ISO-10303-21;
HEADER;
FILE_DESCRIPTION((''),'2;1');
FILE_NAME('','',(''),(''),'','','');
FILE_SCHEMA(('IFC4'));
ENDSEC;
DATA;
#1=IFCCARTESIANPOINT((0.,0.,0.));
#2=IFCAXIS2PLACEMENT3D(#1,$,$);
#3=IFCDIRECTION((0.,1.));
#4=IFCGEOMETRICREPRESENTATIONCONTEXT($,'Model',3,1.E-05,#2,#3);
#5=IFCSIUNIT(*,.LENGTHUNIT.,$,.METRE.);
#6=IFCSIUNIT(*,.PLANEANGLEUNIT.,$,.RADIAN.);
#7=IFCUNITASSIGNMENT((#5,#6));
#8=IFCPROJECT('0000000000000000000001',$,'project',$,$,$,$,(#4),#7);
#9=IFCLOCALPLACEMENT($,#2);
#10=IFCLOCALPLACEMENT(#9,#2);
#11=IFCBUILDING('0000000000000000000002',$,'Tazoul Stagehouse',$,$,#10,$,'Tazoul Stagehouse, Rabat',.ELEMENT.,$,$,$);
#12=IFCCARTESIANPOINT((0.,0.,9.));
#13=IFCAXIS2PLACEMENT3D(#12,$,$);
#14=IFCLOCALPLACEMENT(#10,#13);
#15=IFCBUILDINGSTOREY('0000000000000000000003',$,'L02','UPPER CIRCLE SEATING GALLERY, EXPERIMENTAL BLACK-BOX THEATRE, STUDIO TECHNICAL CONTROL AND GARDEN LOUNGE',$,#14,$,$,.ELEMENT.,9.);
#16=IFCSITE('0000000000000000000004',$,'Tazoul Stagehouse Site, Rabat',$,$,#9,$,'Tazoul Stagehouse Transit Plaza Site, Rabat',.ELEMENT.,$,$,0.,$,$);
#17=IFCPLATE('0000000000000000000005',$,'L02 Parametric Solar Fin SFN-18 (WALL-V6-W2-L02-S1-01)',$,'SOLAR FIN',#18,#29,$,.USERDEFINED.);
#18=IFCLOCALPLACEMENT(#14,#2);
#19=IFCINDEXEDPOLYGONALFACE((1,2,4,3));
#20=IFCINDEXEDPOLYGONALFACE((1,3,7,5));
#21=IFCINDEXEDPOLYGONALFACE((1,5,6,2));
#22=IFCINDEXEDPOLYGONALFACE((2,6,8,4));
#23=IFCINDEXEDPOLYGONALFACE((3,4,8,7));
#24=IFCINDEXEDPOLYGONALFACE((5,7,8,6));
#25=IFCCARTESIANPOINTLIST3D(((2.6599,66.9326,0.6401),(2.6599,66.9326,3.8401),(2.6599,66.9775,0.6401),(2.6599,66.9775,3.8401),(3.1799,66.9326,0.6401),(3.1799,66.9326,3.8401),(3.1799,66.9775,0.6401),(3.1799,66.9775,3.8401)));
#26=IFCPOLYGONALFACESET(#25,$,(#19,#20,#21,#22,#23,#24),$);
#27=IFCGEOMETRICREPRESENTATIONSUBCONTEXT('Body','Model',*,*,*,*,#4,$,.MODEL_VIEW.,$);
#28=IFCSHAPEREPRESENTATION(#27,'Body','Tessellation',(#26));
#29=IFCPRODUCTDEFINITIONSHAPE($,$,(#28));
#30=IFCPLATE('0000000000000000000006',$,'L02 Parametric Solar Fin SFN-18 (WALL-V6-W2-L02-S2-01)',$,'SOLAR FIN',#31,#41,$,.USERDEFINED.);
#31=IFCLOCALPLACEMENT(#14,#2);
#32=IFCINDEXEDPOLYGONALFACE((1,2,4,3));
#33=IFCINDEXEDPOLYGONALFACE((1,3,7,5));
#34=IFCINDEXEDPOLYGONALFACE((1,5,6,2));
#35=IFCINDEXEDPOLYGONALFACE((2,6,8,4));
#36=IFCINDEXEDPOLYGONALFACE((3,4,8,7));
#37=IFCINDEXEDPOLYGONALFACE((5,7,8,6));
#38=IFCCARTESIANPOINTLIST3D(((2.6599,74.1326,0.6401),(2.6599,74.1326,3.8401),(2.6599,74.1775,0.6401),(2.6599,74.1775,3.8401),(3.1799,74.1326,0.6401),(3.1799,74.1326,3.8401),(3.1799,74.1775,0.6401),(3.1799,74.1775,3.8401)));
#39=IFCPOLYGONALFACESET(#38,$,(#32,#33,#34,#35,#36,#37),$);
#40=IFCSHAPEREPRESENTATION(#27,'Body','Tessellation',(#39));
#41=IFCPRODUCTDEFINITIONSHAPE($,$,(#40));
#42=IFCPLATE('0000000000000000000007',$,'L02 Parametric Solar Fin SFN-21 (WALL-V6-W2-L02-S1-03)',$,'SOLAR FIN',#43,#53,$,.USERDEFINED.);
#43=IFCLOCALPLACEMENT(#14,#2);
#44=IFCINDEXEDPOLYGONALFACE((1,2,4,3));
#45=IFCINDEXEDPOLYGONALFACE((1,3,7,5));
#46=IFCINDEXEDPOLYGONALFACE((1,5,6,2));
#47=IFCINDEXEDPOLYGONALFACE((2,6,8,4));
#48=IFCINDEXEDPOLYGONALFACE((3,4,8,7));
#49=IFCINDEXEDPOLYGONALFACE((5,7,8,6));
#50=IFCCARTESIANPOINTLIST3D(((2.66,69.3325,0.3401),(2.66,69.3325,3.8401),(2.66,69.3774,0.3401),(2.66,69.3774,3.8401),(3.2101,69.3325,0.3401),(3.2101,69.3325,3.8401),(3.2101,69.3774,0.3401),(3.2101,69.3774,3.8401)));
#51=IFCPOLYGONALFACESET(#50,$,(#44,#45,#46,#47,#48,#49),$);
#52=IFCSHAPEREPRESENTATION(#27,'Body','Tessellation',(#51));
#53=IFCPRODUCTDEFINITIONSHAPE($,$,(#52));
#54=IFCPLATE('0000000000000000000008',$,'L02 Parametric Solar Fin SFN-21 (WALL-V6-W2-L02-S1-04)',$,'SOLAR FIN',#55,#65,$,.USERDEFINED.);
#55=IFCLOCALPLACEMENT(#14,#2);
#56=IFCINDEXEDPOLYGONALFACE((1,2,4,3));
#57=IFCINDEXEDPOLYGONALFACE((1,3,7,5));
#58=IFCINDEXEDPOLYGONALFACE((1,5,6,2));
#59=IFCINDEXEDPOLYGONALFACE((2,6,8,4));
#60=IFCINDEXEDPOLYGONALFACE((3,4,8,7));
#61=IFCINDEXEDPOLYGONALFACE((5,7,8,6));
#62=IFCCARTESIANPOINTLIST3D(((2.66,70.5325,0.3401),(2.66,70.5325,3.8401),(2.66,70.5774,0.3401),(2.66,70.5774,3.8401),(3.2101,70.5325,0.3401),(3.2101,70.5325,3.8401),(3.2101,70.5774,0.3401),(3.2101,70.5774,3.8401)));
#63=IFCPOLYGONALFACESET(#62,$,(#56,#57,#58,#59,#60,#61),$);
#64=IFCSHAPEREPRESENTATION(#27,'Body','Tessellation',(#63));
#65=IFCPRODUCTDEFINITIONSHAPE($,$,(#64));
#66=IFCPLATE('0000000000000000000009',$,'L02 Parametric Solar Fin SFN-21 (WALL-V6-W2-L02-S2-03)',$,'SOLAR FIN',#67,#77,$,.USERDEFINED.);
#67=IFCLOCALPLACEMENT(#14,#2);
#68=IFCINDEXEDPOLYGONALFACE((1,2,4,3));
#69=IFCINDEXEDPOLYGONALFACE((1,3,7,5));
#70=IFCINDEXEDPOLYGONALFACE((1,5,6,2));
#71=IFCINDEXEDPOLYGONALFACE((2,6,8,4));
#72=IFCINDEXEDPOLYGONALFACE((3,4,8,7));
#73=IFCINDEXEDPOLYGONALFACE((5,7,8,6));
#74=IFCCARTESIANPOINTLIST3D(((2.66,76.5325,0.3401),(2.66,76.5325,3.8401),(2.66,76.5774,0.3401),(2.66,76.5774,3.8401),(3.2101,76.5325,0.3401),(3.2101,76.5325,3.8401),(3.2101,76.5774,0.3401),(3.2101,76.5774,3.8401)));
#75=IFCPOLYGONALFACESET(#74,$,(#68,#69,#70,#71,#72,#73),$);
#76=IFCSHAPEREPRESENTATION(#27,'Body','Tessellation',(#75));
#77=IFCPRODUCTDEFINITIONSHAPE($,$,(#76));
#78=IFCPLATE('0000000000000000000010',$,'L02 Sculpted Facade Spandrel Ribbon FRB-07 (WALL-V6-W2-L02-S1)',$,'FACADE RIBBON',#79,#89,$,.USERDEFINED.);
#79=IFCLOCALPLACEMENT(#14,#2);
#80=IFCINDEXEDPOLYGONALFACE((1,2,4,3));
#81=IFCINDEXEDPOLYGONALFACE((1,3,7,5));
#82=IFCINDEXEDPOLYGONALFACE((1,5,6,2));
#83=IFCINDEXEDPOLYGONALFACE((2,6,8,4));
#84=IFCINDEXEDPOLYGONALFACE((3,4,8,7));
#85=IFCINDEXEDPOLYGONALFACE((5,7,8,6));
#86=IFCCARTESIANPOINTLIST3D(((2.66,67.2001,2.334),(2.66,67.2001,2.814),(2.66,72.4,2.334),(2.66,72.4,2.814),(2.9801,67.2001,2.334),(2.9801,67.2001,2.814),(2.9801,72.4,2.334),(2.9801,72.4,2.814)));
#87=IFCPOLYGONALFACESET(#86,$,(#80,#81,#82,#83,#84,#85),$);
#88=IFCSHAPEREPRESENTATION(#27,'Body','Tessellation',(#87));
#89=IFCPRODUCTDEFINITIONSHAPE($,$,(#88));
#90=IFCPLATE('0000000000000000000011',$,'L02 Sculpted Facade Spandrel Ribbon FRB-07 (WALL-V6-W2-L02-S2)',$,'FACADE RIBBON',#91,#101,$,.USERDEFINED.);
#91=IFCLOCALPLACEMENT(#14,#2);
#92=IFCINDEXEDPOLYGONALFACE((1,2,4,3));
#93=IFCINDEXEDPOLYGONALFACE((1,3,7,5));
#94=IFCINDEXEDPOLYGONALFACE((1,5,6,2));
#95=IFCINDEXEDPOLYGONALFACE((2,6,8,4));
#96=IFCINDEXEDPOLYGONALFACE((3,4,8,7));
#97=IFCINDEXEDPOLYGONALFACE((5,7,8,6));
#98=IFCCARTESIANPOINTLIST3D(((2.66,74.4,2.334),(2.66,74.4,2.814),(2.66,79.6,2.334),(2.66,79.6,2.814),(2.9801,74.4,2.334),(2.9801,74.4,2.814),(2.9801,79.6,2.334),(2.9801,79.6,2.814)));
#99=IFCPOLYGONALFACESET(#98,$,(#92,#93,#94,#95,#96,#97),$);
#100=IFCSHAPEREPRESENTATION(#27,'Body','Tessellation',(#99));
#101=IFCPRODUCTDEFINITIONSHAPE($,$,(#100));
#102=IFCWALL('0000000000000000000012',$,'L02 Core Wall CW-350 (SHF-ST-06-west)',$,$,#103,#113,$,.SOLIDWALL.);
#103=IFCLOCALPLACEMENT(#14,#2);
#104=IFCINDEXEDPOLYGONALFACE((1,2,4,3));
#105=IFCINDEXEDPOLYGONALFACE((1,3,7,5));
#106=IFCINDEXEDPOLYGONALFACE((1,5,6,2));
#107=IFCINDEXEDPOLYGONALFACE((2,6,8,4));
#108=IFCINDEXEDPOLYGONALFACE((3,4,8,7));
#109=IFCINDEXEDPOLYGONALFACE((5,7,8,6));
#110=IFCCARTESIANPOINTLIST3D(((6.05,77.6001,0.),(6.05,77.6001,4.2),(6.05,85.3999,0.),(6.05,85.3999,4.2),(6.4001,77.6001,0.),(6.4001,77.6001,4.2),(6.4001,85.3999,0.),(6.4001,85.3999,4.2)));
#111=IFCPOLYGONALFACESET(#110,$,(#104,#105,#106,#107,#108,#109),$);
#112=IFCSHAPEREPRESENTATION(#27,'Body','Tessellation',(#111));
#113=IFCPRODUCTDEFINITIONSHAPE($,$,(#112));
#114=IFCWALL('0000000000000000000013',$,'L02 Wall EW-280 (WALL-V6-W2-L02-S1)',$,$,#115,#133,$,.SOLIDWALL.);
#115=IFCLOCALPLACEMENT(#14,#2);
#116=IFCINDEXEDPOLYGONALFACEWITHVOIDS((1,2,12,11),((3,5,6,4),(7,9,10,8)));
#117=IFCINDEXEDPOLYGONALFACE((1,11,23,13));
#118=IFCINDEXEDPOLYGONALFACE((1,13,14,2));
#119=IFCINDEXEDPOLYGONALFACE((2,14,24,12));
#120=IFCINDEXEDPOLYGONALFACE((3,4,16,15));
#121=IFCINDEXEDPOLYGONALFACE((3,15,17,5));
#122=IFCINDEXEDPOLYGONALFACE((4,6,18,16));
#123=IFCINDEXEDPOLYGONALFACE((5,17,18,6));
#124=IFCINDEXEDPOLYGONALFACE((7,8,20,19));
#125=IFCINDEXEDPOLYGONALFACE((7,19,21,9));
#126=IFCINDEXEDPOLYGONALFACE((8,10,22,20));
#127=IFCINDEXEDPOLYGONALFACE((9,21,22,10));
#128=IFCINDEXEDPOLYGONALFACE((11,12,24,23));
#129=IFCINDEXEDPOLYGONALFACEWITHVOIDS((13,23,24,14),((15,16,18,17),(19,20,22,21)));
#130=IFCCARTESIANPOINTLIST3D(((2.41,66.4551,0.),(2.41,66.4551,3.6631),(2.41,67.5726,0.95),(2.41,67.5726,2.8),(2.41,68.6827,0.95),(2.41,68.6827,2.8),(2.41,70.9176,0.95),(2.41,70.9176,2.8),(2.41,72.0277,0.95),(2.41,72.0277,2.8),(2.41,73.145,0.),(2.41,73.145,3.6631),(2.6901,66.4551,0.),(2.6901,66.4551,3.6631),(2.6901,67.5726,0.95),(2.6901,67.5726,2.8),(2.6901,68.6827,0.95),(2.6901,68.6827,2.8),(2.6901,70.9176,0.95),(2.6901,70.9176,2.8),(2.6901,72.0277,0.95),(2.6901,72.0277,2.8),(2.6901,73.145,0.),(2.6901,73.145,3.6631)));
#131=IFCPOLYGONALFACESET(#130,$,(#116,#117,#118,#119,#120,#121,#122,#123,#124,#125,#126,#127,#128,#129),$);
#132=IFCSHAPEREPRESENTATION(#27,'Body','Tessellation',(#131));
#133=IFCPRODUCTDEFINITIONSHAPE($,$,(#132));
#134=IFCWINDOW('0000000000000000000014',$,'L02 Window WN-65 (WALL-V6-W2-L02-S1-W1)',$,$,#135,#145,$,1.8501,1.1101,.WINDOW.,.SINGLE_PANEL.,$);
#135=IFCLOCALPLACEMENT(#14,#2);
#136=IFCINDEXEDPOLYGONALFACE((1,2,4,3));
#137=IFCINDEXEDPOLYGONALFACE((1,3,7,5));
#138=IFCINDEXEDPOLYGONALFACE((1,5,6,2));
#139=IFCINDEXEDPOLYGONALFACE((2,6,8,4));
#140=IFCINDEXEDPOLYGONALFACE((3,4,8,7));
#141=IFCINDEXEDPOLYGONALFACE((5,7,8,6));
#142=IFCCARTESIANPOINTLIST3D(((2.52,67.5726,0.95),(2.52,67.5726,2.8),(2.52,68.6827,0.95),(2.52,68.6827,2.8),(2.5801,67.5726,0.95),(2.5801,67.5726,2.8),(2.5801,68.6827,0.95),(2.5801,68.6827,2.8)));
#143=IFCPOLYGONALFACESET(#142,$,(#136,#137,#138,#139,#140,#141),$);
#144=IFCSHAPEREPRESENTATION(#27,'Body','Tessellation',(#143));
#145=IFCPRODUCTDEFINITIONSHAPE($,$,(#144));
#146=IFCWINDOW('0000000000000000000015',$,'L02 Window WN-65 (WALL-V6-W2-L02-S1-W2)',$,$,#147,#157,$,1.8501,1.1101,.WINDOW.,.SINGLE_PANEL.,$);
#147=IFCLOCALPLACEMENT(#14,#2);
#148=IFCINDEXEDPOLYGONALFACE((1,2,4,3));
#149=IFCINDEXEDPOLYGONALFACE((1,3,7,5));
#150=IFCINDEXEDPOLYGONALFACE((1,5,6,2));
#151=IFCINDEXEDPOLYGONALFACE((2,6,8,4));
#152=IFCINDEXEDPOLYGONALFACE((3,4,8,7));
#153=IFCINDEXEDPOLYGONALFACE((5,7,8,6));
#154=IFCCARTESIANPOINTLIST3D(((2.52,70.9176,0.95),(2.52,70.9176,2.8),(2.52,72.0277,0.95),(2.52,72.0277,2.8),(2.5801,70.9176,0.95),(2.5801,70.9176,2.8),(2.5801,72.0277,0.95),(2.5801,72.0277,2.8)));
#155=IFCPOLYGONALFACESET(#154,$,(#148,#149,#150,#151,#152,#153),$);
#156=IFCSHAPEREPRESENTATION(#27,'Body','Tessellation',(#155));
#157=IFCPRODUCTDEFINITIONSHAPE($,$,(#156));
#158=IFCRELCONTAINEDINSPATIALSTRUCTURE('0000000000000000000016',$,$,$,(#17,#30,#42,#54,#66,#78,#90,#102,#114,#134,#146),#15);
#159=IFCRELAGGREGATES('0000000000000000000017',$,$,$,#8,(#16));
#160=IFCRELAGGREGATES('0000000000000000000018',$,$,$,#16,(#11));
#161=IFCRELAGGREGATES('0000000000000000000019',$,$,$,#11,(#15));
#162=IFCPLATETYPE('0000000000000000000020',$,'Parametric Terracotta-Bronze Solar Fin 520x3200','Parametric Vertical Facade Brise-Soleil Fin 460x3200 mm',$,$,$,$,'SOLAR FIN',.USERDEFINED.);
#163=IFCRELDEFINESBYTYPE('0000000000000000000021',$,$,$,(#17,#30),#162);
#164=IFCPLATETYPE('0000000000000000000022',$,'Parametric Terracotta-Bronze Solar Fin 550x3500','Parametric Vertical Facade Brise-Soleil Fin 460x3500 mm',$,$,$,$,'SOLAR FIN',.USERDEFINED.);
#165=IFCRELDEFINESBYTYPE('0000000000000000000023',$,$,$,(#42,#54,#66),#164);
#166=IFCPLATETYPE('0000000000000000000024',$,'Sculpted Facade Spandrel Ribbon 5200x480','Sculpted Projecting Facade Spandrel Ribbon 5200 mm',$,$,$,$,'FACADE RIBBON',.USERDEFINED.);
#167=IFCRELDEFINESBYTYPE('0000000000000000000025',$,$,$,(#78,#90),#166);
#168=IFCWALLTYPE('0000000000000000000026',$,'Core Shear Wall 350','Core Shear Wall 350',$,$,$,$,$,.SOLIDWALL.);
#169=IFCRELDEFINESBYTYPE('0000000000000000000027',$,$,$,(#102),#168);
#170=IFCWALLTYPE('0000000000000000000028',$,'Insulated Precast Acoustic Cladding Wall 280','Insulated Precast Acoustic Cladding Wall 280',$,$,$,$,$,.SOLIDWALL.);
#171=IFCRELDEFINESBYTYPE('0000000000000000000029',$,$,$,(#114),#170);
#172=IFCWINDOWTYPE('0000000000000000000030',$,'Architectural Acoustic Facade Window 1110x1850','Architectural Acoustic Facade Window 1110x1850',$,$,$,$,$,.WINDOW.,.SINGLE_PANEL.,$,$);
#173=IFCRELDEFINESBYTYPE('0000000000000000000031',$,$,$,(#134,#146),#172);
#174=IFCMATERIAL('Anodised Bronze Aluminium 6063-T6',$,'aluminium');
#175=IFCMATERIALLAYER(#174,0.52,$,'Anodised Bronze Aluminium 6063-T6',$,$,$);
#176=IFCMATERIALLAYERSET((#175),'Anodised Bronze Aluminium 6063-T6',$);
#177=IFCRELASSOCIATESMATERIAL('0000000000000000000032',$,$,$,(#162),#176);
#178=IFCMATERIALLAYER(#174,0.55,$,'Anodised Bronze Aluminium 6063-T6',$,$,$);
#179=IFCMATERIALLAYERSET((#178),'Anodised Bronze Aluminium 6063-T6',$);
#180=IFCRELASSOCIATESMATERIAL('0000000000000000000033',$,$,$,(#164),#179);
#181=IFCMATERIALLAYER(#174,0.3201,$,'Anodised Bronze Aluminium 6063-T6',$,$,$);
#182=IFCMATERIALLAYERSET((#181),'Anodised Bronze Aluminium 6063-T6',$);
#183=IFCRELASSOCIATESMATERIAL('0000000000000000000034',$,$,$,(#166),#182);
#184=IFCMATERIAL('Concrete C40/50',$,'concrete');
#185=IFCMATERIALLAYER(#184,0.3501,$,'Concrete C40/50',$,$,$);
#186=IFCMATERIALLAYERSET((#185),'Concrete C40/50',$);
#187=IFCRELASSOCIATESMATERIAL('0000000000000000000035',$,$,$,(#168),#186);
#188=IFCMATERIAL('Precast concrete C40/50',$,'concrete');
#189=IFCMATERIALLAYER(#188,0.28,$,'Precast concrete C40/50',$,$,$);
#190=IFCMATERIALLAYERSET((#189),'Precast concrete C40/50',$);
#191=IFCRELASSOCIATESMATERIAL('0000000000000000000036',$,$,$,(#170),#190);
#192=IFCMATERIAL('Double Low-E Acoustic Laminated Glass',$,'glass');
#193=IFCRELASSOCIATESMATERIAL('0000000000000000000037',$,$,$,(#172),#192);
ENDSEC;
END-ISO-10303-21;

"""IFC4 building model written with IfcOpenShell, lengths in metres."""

from ifc_helpers import new_model, si_unit, direction, frame, frame_2d, origin, origin_2d, place, context, subcontext, project, spatial, rectangle, extrude, material, layer, layer_set, type_object, element, fill, save


model = new_model("IFC4")

# Units and contexts
model_context = context("Model", 3, precision=1e-05, world=origin(), true_north=direction((0.0, 1.0)))
body_context = subcontext(model_context, "Body", "Model", "MODEL_VIEW")
ifc_project = project(units=[si_unit("LENGTHUNIT", "METRE"), si_unit("PLANEANGLEUNIT", "RADIAN")], contexts=[model_context])

# Site, building, storey
site_placement = place(None, origin())
site = spatial("IfcSite", under=ifc_project, at=site_placement, Name="Tazoul Stagehouse Site, Rabat", LongName="Tazoul Stagehouse Transit Plaza Site, Rabat", CompositionType="ELEMENT", RefElevation=0.0)
building_placement = place(site_placement, origin())
building = spatial("IfcBuilding", under=site, at=building_placement, Name="Tazoul Stagehouse", LongName="Tazoul Stagehouse, Rabat", CompositionType="ELEMENT")
storey_placement = place(building_placement, frame((0.0, 0.0, 9.0)))
storey = spatial("IfcBuildingStorey", under=building, at=storey_placement, Name="L02", Description="UPPER CIRCLE SEATING GALLERY, EXPERIMENTAL BLACK-BOX THEATRE, STUDIO TECHNICAL CONTROL AND GARDEN LOUNGE", CompositionType="ELEMENT", Elevation=9.0)

# Shared definitions
ifc_material_1 = material(Name="Concrete C40/50", Category="concrete")

# Plates
ifc_material_2 = material(Name="Anodised Bronze Aluminium 6063-T6", Category="aluminium")
ifc_layer_1 = layer(ifc_material_2, 0.52, Name="Anodised Bronze Aluminium 6063-T6")
ifc_layer_set_1 = layer_set([ifc_layer_1], Name="Anodised Bronze Aluminium 6063-T6")
plate_type_1 = type_object("IfcPlateType", Name="Parametric Terracotta-Bronze Solar Fin 520x3200", Description="Parametric Vertical Facade Brise-Soleil Fin 460x3200 mm", ElementType="SOLAR FIN", PredefinedType="USERDEFINED", material=ifc_layer_set_1)
for number, where, z_axis, x_axis, name in (
    (1, (2.9199, 66.9551, 0.6401), (0.0, 0.0, 1.0), (0.0, 1.0, 0.0), "L02 Parametric Solar Fin SFN-18 (WALL-V6-W2-L02-S1-01)"),
    (2, (2.9199, 74.155, 0.6401), (0.0, 0.0, 1.0), (0.0, 1.0, 0.0), "L02 Parametric Solar Fin SFN-18 (WALL-V6-W2-L02-S2-01)"),
):
    element("IfcPlate", number, at=place(storey_placement, frame(where, z_axis=z_axis, x_axis=x_axis)), inside=storey, type_object=plate_type_1, Name=name, ObjectType="SOLAR FIN", PredefinedType="USERDEFINED", context=body_context, shape_type="SweptSolid", body=[
        extrude(rectangle(XDim=0.0449, YDim=0.52, at=origin_2d()), origin(), (0.0, 0.0, 1.0), 3.2),
    ])
ifc_layer_2 = layer(ifc_material_2, 0.55, Name="Anodised Bronze Aluminium 6063-T6")
ifc_layer_set_2 = layer_set([ifc_layer_2], Name="Anodised Bronze Aluminium 6063-T6")
plate_type_2 = type_object("IfcPlateType", Name="Parametric Terracotta-Bronze Solar Fin 550x3500", Description="Parametric Vertical Facade Brise-Soleil Fin 460x3500 mm", ElementType="SOLAR FIN", PredefinedType="USERDEFINED", material=ifc_layer_set_2)
for number, where, z_axis, x_axis, name in (
    (3, (2.9351, 69.355, 0.3401), (0.0, 0.0, 1.0), (0.0, 1.0, 0.0), "L02 Parametric Solar Fin SFN-21 (WALL-V6-W2-L02-S1-03)"),
    (4, (2.9351, 70.5549, 0.3401), (0.0, 0.0, 1.0), (0.0, 1.0, 0.0), "L02 Parametric Solar Fin SFN-21 (WALL-V6-W2-L02-S1-04)"),
    (5, (2.9351, 76.5549, 0.3401), (0.0, 0.0, 1.0), (0.0, 1.0, 0.0), "L02 Parametric Solar Fin SFN-21 (WALL-V6-W2-L02-S2-03)"),
):
    element("IfcPlate", number, at=place(storey_placement, frame(where, z_axis=z_axis, x_axis=x_axis)), inside=storey, type_object=plate_type_2, Name=name, ObjectType="SOLAR FIN", PredefinedType="USERDEFINED", context=body_context, shape_type="SweptSolid", body=[
        extrude(rectangle(XDim=0.0449, YDim=0.55, at=origin_2d()), origin(), (0.0, 0.0, 1.0), 3.5),
    ])
ifc_layer_3 = layer(ifc_material_2, 0.3201, Name="Anodised Bronze Aluminium 6063-T6")
ifc_layer_set_3 = layer_set([ifc_layer_3], Name="Anodised Bronze Aluminium 6063-T6")
plate_type_3 = type_object("IfcPlateType", Name="Sculpted Facade Spandrel Ribbon 5200x480", Description="Sculpted Projecting Facade Spandrel Ribbon 5200 mm", ElementType="FACADE RIBBON", PredefinedType="USERDEFINED", material=ifc_layer_set_3)
for number, where, z_axis, x_axis, name in (
    (6, (2.8201, 69.8, 2.334), (0.0, 0.0, 1.0), (0.0, 1.0, 0.0), "L02 Sculpted Facade Spandrel Ribbon FRB-07 (WALL-V6-W2-L02-S1)"),
    (7, (2.8201, 77.0, 2.334), (0.0, 0.0, 1.0), (0.0, 1.0, 0.0), "L02 Sculpted Facade Spandrel Ribbon FRB-07 (WALL-V6-W2-L02-S2)"),
):
    element("IfcPlate", number, at=place(storey_placement, frame(where, z_axis=z_axis, x_axis=x_axis)), inside=storey, type_object=plate_type_3, Name=name, ObjectType="FACADE RIBBON", PredefinedType="USERDEFINED", context=body_context, shape_type="SweptSolid", body=[
        extrude(rectangle(XDim=5.2, YDim=0.3201, at=origin_2d()), origin(), (0.0, 0.0, 1.0), 0.48),
    ])

# Shared definitions
ifc_layer_4 = layer(ifc_material_1, 0.3501, Name="Concrete C40/50")
ifc_layer_set_4 = layer_set([ifc_layer_4], Name="Concrete C40/50")
wall_type_1 = type_object("IfcWallType", Name="Core Shear Wall 350", Description="Core Shear Wall 350", PredefinedType="SOLIDWALL", material=ifc_layer_set_4)

# Wall
wall_1_placement = place(storey_placement, frame((6.2251, 77.6001, 0.0), z_axis=(0.0, 0.0, 1.0), x_axis=(0.0, 1.0, 0.0)))
element("IfcWall", 8, at=wall_1_placement, inside=storey, type_object=wall_type_1, Name="L02 Core Wall CW-350 (SHF-ST-06-west)", PredefinedType="SOLIDWALL", context=body_context, shape_type="SweptSolid", body=[
    extrude(rectangle(XDim=7.7998, YDim=0.3501, at=frame_2d((3.8999, 0.0))), origin(), (0.0, 0.0, 1.0), 4.2),
])

# Wall, openings, windows
ifc_material_3 = material(Name="Precast concrete C40/50", Category="concrete")
ifc_layer_5 = layer(ifc_material_3, 0.28, Name="Precast concrete C40/50")
ifc_layer_set_5 = layer_set([ifc_layer_5], Name="Precast concrete C40/50")
wall_type_2 = type_object("IfcWallType", Name="Insulated Precast Acoustic Cladding Wall 280", Description="Insulated Precast Acoustic Cladding Wall 280", PredefinedType="SOLIDWALL", material=ifc_layer_set_5)
wall_2_placement = place(storey_placement, frame((2.55, 66.4551, 0.0), z_axis=(0.0, 0.0, 1.0), x_axis=(0.0, 1.0, 0.0)))
wall_2 = element("IfcWall", 9, at=wall_2_placement, inside=storey, type_object=wall_type_2, Name="L02 Wall EW-280 (WALL-V6-W2-L02-S1)", PredefinedType="SOLIDWALL", context=body_context, shape_type="SweptSolid", body=[
    extrude(rectangle(XDim=6.6899, YDim=0.28, at=frame_2d((3.345, 0.0))), origin(), (0.0, 0.0, 1.0), 3.6631),
])
opening_1_placement = place(wall_2_placement, frame((1.1174, 0.0, 0.95)))
opening_1 = element("IfcOpeningElement", 10, at=opening_1_placement, cuts=wall_2, PredefinedType="OPENING", context=body_context, shape_type="SweptSolid", body=[
    extrude(rectangle(XDim=1.1101, YDim=1.8501, at=frame_2d((0.5552, 0.925))), frame((0.0, 0.1599, 0.0), z_axis=(0.0, -1.0, 0.0), x_axis=(1.0, 0.0, 0.0)), (0.0, 0.0, 1.0), 0.3201),
])
opening_2_placement = place(wall_2_placement, frame((4.4624, 0.0, 0.95)))
opening_2 = element("IfcOpeningElement", 11, at=opening_2_placement, cuts=wall_2, PredefinedType="OPENING", context=body_context, shape_type="SweptSolid", body=[
    extrude(rectangle(XDim=1.1101, YDim=1.8501, at=frame_2d((0.5552, 0.925))), frame((0.0, 0.1599, 0.0), z_axis=(0.0, -1.0, 0.0), x_axis=(1.0, 0.0, 0.0)), (0.0, 0.0, 1.0), 0.3201),
])
ifc_material_4 = material(Name="Double Low-E Acoustic Laminated Glass", Category="glass")
window_type_1 = type_object("IfcWindowType", Name="Architectural Acoustic Facade Window 1110x1850", Description="Architectural Acoustic Facade Window 1110x1850", PartitioningType="SINGLE_PANEL", PredefinedType="WINDOW", material=ifc_material_4)
window_1_placement = place(opening_1_placement, origin())
window_1 = element("IfcWindow", 12, at=window_1_placement, inside=storey, type_object=window_type_1, Name="L02 Window WN-65 (WALL-V6-W2-L02-S1-W1)", OverallHeight=1.8501, OverallWidth=1.1101, PartitioningType="SINGLE_PANEL", PredefinedType="WINDOW", context=body_context, shape_type="SweptSolid", body=[
    extrude(rectangle(XDim=1.1101, YDim=1.8501, at=frame_2d((0.5552, 0.925))), frame((0.0, 0.03, 0.0), z_axis=(0.0, -1.0, 0.0), x_axis=(1.0, 0.0, 0.0)), (0.0, 0.0, 1.0), 0.0601),
])
fill(opening_1, window_1)
window_2_placement = place(opening_2_placement, origin())
window_2 = element("IfcWindow", 13, at=window_2_placement, inside=storey, type_object=window_type_1, Name="L02 Window WN-65 (WALL-V6-W2-L02-S1-W2)", OverallHeight=1.8501, OverallWidth=1.1101, PartitioningType="SINGLE_PANEL", PredefinedType="WINDOW", context=body_context, shape_type="SweptSolid", body=[
    extrude(rectangle(XDim=1.1101, YDim=1.8501, at=frame_2d((0.5552, 0.925))), frame((0.0, 0.03, 0.0), z_axis=(0.0, -1.0, 0.0), x_axis=(1.0, 0.0, 0.0)), (0.0, 0.0, 1.0), 0.0601),
])
fill(opening_2, window_2)

save(model, "model.ifc")
